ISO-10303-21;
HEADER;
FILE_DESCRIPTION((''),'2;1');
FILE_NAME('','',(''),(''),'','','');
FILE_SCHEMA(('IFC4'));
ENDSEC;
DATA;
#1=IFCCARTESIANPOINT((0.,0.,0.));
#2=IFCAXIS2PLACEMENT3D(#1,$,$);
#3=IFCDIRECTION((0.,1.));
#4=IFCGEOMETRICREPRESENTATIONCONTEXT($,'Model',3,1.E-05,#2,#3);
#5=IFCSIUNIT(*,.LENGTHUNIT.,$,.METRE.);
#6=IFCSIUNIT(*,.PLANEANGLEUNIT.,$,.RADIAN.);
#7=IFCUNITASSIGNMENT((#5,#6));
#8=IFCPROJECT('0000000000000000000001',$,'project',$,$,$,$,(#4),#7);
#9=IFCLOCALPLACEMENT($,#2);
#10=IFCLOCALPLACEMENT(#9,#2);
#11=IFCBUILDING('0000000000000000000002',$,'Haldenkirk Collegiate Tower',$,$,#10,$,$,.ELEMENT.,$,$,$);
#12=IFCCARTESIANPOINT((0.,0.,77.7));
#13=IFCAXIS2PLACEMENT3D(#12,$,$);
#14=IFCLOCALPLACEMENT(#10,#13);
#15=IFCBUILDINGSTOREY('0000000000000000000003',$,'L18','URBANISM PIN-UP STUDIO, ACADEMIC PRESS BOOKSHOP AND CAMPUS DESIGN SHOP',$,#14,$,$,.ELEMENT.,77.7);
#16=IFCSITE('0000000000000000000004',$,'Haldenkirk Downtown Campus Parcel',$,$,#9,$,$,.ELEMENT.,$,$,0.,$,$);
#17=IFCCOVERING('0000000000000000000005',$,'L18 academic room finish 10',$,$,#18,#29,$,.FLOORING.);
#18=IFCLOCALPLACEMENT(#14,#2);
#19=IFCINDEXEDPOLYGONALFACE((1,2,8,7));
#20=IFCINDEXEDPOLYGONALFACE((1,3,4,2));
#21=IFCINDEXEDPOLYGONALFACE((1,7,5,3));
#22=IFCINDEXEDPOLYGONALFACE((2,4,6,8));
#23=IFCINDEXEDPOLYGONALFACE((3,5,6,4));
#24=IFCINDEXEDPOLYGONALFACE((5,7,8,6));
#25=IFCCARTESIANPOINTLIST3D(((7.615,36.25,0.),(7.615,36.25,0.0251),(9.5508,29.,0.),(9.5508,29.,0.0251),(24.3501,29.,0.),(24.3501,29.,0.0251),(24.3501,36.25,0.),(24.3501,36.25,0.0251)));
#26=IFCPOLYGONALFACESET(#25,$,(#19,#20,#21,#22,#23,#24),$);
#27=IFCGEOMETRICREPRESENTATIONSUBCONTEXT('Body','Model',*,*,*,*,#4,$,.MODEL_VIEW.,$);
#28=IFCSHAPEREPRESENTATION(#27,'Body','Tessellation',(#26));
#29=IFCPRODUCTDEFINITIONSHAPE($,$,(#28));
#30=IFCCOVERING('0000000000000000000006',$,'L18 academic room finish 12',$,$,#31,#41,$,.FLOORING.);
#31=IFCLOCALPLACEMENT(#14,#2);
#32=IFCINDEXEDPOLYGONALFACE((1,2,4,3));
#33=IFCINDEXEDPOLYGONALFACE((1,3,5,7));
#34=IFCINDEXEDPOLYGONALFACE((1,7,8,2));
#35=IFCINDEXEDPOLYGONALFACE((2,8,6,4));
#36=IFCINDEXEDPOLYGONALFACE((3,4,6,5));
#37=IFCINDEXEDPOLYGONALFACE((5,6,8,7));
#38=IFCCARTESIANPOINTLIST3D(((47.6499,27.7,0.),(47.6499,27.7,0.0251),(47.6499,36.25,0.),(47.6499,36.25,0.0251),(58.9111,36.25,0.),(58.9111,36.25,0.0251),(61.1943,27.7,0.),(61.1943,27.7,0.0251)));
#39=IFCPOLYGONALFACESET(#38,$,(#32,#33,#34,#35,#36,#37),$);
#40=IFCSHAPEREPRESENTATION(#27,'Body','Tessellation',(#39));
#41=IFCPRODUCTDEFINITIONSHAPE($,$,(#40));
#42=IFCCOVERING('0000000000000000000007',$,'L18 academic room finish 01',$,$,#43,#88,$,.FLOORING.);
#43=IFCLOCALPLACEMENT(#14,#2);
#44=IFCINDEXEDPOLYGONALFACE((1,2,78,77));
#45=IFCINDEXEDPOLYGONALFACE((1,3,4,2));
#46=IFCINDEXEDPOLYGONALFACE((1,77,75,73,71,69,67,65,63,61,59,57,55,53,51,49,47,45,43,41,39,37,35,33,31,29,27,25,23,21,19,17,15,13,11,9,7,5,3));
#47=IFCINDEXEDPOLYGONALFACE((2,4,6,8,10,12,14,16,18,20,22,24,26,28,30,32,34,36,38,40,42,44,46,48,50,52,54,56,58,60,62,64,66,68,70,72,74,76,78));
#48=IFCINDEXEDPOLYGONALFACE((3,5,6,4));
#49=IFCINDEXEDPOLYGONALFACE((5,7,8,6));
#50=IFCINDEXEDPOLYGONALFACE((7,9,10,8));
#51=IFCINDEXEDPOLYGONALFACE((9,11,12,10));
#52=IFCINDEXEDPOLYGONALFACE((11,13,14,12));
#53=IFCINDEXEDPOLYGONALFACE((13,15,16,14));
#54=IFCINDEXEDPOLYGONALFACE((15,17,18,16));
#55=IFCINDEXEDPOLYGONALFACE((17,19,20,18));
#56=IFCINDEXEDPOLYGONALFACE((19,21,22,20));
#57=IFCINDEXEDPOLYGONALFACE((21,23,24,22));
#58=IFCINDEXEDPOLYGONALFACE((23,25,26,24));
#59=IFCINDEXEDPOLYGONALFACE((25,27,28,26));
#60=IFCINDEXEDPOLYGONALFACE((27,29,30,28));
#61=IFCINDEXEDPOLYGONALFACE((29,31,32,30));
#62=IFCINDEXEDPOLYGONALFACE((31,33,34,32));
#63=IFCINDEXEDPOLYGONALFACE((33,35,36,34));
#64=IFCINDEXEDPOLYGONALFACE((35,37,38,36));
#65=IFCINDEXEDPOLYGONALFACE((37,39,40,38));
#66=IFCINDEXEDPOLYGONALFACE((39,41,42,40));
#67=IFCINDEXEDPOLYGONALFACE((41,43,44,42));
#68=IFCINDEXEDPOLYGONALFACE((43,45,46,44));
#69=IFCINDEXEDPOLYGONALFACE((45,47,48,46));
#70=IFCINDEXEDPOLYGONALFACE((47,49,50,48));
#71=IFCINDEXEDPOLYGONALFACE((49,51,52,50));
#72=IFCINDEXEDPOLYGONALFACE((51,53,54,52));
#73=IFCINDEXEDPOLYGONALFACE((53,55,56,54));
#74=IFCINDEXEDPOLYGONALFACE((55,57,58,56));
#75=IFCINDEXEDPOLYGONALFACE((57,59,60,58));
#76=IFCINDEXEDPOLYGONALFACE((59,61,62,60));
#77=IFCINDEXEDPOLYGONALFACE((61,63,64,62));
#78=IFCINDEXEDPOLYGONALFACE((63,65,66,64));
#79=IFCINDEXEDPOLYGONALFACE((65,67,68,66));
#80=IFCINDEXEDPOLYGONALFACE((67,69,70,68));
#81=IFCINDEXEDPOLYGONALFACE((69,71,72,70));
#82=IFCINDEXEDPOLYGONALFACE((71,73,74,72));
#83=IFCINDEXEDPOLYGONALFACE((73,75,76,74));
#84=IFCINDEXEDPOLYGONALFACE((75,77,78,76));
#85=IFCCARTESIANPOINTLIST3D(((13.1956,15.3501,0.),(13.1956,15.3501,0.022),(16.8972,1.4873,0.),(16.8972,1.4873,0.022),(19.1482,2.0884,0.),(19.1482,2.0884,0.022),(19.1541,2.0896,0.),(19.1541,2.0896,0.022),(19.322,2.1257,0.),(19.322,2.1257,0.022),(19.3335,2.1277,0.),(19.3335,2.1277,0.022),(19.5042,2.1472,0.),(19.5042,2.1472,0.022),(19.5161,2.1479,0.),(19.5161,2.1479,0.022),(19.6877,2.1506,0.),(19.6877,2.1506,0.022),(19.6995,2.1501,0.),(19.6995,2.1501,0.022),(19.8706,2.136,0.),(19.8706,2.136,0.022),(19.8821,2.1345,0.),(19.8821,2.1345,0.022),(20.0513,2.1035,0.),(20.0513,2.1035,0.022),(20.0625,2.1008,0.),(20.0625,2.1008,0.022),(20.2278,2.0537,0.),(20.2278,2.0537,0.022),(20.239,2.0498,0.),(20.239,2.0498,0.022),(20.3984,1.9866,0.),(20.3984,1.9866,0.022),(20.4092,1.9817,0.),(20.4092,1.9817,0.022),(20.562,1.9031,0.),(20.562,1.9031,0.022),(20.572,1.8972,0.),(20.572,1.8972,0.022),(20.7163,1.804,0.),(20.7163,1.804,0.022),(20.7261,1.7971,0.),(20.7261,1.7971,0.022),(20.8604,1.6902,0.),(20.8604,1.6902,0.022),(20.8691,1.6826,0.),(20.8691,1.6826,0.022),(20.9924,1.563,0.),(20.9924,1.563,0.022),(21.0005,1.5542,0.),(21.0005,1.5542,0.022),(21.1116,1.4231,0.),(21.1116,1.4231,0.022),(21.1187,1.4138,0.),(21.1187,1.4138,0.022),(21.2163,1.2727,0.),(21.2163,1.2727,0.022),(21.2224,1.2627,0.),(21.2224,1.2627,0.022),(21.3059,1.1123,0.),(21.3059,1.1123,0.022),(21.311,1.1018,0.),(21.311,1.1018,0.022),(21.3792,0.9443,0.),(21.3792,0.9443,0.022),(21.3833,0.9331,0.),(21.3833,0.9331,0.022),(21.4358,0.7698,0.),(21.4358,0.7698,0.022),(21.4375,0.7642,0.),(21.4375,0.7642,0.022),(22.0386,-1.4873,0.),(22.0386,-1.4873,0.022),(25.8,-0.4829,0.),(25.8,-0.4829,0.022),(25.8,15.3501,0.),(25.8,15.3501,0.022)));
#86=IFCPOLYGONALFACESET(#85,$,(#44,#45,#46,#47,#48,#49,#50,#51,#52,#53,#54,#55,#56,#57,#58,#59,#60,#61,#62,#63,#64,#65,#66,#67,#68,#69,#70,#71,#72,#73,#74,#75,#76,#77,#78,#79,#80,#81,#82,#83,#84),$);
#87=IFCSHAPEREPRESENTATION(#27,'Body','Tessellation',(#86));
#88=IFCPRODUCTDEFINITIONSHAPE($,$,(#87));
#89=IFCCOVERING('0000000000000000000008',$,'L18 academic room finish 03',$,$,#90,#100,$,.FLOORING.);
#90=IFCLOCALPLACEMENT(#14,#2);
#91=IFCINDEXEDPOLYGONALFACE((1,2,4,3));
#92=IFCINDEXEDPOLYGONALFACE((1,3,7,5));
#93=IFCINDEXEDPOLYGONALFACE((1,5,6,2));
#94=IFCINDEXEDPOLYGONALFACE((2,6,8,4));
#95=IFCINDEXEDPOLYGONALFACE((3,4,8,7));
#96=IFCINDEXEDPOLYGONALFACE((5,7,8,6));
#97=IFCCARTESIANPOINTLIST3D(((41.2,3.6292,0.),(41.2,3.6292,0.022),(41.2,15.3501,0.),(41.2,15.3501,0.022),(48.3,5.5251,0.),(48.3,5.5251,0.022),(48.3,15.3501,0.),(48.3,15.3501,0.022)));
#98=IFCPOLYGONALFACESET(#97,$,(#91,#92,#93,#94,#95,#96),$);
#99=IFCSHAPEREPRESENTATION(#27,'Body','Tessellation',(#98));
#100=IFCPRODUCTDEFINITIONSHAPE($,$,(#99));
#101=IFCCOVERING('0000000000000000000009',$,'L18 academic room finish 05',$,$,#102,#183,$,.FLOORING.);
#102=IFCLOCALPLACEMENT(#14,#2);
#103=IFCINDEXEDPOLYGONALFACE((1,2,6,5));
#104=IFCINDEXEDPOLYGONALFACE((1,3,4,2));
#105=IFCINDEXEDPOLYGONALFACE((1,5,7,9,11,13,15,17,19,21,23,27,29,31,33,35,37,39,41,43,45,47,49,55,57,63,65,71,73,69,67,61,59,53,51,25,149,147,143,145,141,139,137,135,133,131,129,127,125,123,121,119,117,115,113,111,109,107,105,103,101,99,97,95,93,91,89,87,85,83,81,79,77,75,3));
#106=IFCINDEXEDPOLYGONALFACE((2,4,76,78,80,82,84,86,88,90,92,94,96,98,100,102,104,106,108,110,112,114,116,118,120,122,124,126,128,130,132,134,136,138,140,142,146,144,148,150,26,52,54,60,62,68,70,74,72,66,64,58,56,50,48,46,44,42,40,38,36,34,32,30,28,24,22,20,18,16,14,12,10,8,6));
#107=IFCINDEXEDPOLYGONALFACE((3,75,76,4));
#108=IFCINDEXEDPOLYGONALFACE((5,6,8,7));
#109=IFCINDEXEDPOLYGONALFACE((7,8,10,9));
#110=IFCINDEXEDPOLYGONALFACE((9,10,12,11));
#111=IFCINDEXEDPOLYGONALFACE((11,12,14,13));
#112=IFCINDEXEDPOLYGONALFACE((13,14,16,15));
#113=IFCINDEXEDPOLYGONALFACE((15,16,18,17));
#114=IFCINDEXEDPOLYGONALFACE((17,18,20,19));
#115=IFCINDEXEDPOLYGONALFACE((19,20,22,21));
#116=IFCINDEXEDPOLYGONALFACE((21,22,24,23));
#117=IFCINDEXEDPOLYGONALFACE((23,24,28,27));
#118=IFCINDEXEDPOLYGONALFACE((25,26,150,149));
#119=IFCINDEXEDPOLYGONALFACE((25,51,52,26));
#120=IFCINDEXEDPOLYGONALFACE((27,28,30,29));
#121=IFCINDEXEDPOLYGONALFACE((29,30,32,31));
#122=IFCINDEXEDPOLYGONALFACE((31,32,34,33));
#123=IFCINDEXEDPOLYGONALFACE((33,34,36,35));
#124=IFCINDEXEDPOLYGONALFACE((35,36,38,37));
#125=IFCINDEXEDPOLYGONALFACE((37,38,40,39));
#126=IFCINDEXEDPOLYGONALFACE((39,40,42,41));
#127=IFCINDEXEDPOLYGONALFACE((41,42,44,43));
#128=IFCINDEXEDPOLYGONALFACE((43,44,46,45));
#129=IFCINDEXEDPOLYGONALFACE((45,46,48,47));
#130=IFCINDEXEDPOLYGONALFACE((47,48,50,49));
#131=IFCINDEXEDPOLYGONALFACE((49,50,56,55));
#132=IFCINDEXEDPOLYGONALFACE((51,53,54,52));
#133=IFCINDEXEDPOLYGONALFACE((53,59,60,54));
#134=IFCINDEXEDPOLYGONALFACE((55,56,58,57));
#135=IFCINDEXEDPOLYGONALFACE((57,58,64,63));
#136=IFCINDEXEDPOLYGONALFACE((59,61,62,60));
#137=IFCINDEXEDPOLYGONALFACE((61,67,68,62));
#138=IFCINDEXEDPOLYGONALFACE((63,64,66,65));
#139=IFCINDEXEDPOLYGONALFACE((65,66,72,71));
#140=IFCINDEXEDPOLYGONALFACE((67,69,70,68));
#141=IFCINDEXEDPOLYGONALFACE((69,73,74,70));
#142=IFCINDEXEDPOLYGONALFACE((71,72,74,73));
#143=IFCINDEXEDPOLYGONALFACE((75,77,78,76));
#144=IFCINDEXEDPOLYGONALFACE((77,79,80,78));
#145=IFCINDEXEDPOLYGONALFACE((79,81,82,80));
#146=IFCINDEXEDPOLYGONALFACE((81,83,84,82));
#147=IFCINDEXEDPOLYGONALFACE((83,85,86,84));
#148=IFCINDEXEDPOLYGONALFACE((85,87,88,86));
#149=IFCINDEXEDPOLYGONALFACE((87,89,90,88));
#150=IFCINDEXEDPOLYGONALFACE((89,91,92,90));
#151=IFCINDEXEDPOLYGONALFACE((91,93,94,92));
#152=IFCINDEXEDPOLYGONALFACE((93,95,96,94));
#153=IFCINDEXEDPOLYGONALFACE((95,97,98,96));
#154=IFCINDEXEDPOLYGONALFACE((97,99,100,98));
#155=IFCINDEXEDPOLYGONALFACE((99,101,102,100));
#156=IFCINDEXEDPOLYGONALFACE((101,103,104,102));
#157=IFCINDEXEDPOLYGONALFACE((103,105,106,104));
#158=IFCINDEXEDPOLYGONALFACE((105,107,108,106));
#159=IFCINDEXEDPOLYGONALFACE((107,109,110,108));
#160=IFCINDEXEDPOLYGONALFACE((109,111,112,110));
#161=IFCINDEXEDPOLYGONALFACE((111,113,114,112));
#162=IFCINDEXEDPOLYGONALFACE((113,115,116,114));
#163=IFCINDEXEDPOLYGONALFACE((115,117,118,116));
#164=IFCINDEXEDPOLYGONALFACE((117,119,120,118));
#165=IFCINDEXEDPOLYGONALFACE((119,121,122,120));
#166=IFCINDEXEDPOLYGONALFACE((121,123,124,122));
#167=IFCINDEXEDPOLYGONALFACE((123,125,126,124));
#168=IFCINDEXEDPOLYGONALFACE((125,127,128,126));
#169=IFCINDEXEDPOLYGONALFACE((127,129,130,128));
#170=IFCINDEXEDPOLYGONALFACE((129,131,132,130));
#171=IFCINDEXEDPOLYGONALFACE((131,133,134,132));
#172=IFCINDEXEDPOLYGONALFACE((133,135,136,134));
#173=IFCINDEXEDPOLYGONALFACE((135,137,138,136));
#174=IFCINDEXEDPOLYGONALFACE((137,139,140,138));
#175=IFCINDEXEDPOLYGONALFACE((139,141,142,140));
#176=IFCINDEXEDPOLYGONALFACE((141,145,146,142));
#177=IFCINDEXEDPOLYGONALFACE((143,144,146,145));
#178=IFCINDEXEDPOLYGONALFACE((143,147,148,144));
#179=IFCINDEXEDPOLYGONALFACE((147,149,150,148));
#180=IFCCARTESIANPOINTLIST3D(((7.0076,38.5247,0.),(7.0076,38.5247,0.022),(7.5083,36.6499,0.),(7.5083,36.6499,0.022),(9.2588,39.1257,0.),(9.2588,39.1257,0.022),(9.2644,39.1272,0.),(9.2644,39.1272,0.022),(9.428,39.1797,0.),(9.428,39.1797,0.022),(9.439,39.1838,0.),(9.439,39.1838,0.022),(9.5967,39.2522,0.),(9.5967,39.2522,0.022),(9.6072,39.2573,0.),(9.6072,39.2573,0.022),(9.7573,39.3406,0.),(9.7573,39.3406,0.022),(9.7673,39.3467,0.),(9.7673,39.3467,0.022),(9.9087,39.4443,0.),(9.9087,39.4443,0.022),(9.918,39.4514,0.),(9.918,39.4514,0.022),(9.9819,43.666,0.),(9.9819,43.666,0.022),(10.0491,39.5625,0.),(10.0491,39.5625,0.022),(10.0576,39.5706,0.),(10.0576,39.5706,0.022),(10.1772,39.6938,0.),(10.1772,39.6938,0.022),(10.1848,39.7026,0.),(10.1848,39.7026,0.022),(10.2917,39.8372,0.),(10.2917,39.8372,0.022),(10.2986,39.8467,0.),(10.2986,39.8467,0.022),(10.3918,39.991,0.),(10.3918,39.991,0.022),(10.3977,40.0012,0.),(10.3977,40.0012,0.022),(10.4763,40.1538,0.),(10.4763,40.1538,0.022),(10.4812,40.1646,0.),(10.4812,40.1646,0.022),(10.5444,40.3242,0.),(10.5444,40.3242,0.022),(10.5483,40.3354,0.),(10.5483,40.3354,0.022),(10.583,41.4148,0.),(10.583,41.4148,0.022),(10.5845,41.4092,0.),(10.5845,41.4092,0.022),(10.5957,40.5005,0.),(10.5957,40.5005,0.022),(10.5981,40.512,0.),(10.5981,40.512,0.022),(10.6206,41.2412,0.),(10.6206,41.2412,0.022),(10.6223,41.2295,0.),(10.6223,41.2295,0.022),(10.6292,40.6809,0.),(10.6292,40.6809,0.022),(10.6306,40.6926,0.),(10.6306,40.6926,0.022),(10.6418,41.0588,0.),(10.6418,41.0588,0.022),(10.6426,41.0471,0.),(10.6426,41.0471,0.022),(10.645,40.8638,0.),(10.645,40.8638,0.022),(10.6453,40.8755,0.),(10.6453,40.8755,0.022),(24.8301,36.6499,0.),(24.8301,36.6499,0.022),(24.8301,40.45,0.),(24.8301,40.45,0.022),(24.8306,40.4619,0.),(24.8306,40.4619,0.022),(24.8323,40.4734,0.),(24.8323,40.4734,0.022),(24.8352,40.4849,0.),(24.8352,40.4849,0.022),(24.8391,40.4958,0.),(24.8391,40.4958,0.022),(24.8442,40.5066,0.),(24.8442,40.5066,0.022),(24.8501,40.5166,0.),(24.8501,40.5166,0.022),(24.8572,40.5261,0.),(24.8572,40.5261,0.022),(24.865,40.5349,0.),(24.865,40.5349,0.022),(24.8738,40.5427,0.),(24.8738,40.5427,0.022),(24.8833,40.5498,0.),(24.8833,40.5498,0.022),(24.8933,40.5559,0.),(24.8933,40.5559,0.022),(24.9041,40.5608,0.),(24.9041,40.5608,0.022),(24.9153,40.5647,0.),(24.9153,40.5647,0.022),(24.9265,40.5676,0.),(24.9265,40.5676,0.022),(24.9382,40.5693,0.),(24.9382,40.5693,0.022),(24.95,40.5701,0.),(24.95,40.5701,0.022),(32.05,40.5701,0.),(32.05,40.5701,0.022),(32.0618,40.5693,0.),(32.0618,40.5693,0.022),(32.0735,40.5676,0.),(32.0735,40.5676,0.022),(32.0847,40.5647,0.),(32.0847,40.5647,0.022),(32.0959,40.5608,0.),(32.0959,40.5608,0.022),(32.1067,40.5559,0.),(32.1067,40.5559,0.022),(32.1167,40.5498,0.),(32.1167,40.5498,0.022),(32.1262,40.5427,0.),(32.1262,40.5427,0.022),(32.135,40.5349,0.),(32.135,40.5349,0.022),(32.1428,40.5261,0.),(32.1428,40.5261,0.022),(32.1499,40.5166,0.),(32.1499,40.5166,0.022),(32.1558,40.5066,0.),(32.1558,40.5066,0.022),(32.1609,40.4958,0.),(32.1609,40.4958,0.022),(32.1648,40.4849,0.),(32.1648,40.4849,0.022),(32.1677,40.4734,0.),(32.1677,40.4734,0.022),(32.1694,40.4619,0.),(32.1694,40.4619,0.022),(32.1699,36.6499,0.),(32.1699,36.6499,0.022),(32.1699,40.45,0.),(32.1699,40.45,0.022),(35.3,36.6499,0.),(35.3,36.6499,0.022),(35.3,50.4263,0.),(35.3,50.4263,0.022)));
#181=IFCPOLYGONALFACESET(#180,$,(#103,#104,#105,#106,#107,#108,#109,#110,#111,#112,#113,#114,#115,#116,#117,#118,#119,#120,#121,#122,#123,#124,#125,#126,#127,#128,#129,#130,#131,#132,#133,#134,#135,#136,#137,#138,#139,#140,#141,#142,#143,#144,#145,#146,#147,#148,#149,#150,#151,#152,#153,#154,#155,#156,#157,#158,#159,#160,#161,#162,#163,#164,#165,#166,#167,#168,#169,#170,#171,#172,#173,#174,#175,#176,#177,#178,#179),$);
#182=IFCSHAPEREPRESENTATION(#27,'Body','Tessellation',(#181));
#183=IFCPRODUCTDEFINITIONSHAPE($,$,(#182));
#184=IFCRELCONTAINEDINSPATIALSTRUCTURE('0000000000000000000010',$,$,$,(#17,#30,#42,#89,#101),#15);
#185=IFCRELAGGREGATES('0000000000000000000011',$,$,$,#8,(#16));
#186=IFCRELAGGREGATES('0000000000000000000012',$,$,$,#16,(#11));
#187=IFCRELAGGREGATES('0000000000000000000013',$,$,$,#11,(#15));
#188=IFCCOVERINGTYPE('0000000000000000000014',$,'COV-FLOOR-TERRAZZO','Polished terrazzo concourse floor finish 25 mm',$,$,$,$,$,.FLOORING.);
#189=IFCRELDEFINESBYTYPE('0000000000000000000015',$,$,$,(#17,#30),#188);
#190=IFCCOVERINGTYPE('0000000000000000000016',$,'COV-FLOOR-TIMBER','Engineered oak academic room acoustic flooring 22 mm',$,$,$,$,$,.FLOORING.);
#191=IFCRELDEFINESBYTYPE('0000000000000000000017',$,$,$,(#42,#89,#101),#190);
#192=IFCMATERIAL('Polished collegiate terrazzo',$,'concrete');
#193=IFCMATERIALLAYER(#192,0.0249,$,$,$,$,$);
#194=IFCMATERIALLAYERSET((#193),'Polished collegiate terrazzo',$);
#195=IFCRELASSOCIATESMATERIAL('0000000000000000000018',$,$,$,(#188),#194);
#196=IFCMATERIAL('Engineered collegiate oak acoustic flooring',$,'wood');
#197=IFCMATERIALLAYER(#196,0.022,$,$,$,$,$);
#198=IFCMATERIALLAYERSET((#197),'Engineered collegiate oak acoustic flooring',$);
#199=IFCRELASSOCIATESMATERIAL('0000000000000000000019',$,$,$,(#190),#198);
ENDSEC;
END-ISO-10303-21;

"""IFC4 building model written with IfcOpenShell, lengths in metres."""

from ifc_helpers import new_model, si_unit, direction, frame, origin, place, context, subcontext, project, spatial, polyline, outline, extrude, material, layer, layer_set, type_object, element, save


model = new_model("IFC4")

# Units and contexts
model_context = context("Model", 3, precision=1e-05, world=origin(), true_north=direction((0.0, 1.0)))
body_context = subcontext(model_context, "Body", "Model", "MODEL_VIEW")
ifc_project = project(units=[si_unit("LENGTHUNIT", "METRE"), si_unit("PLANEANGLEUNIT", "RADIAN")], contexts=[model_context])

# Site, building, storey
site_placement = place(None, origin())
site = spatial("IfcSite", under=ifc_project, at=site_placement, Name="Haldenkirk Downtown Campus Parcel", CompositionType="ELEMENT", RefElevation=0.0)
building_placement = place(site_placement, origin())
building = spatial("IfcBuilding", under=site, at=building_placement, Name="Haldenkirk Collegiate Tower", CompositionType="ELEMENT")
storey_placement = place(building_placement, frame((0.0, 0.0, 77.7)))
storey = spatial("IfcBuildingStorey", under=building, at=storey_placement, Name="L18", Description="URBANISM PIN-UP STUDIO, ACADEMIC PRESS BOOKSHOP AND CAMPUS DESIGN SHOP", CompositionType="ELEMENT", Elevation=77.7)

# Coverings
ifc_material_1 = material(Name="Polished collegiate terrazzo", Category="concrete")
ifc_layer_1 = layer(ifc_material_1, 0.0249)
ifc_layer_set_1 = layer_set([ifc_layer_1], Name="Polished collegiate terrazzo")
covering_type_1 = type_object("IfcCoveringType", Name="COV-FLOOR-TERRAZZO", Description="Polished terrazzo concourse floor finish 25 mm", PredefinedType="FLOORING", material=ifc_layer_set_1)
covering_1_placement = place(storey_placement, origin())
element("IfcCovering", 1, at=covering_1_placement, inside=storey, type_object=covering_type_1, Name="L18 academic room finish 10", PredefinedType="FLOORING", context=body_context, shape_type="SweptSolid", body=[
    extrude(outline(polyline([(7.615, 36.25), (24.3501, 36.25), (24.3501, 29.0), (9.5508, 29.0), (7.615, 36.25)])), origin(), (0.0, 0.0, 1.0), 0.0251),
])
covering_2_placement = place(storey_placement, origin())
element("IfcCovering", 2, at=covering_2_placement, inside=storey, type_object=covering_type_1, Name="L18 academic room finish 12", PredefinedType="FLOORING", context=body_context, shape_type="SweptSolid", body=[
    extrude(outline(polyline([(61.1943, 27.7), (47.6499, 27.7), (47.6499, 36.25), (58.9111, 36.25), (61.1943, 27.7)])), origin(), (0.0, 0.0, 1.0), 0.0251),
])
ifc_material_2 = material(Name="Engineered collegiate oak acoustic flooring", Category="wood")
ifc_layer_2 = layer(ifc_material_2, 0.022)
ifc_layer_set_2 = layer_set([ifc_layer_2], Name="Engineered collegiate oak acoustic flooring")
covering_type_2 = type_object("IfcCoveringType", Name="COV-FLOOR-TIMBER", Description="Engineered oak academic room acoustic flooring 22 mm", PredefinedType="FLOORING", material=ifc_layer_set_2)
covering_3_placement = place(storey_placement, origin())
element("IfcCovering", 3, at=covering_3_placement, inside=storey, type_object=covering_type_2, Name="L18 academic room finish 01", PredefinedType="FLOORING", context=body_context, shape_type="SweptSolid", body=[
    extrude(outline(polyline([(21.1187, 1.4138), (21.1116, 1.4231), (21.0005, 1.5542), (20.9924, 1.563), (20.8691, 1.6826), (20.8604, 1.6902), (20.7261, 1.7971), (20.7163, 1.804), (20.572, 1.8972), (20.562, 1.9031), (20.4092, 1.9817), (20.3984, 1.9866), (20.239, 2.0498), (20.2278, 2.0537), (20.0625, 2.1008), (20.0513, 2.1035), (19.8821, 2.1345), (19.8706, 2.136), (19.6995, 2.1501), (19.6877, 2.1506), (19.5161, 2.1479), (19.5042, 2.1472), (19.3335, 2.1277), (19.322, 2.1257), (19.1541, 2.0896), (19.1482, 2.0884), (16.8972, 1.4873), (13.1956, 15.3501), (25.8, 15.3501), (25.8, -0.4829), (22.0386, -1.4873), (21.4375, 0.7642), (21.4358, 0.7698), (21.3833, 0.9331), (21.3792, 0.9443), (21.311, 1.1018), (21.3059, 1.1123), (21.2224, 1.2627), (21.2163, 1.2727), (21.1187, 1.4138)])), origin(), (0.0, 0.0, 1.0), 0.022),
])
covering_4_placement = place(storey_placement, origin())
element("IfcCovering", 4, at=covering_4_placement, inside=storey, type_object=covering_type_2, Name="L18 academic room finish 03", PredefinedType="FLOORING", context=body_context, shape_type="SweptSolid", body=[
    extrude(outline(polyline([(41.2, 3.6292), (41.2, 15.3501), (48.3, 15.3501), (48.3, 5.5251), (41.2, 3.6292)])), origin(), (0.0, 0.0, 1.0), 0.022),
])
covering_5_placement = place(storey_placement, origin())
element("IfcCovering", 5, at=covering_5_placement, inside=storey, type_object=covering_type_2, Name="L18 academic room finish 05", PredefinedType="FLOORING", context=body_context, shape_type="SweptSolid", body=[
    extrude(outline(polyline([(9.2588, 39.1257), (9.2644, 39.1272), (9.428, 39.1797), (9.439, 39.1838), (9.5967, 39.2522), (9.6072, 39.2573), (9.7573, 39.3406), (9.7673, 39.3467), (9.9087, 39.4443), (9.918, 39.4514), (10.0491, 39.5625), (10.0576, 39.5706), (10.1772, 39.6938), (10.1848, 39.7026), (10.2917, 39.8372), (10.2986, 39.8467), (10.3918, 39.991), (10.3977, 40.0012), (10.4763, 40.1538), (10.4812, 40.1646), (10.5444, 40.3242), (10.5483, 40.3354), (10.5957, 40.5005), (10.5981, 40.512), (10.6292, 40.6809), (10.6306, 40.6926), (10.645, 40.8638), (10.6453, 40.8755), (10.6426, 41.0471), (10.6418, 41.0588), (10.6223, 41.2295), (10.6206, 41.2412), (10.5845, 41.4092), (10.583, 41.4148), (9.9819, 43.666), (35.3, 50.4263), (35.3, 36.6499), (32.1699, 36.6499), (32.1699, 40.45), (32.1694, 40.4619), (32.1677, 40.4734), (32.1648, 40.4849), (32.1609, 40.4958), (32.1558, 40.5066), (32.1499, 40.5166), (32.1428, 40.5261), (32.135, 40.5349), (32.1262, 40.5427), (32.1167, 40.5498), (32.1067, 40.5559), (32.0959, 40.5608), (32.0847, 40.5647), (32.0735, 40.5676), (32.0618, 40.5693), (32.05, 40.5701), (24.95, 40.5701), (24.9382, 40.5693), (24.9265, 40.5676), (24.9153, 40.5647), (24.9041, 40.5608), (24.8933, 40.5559), (24.8833, 40.5498), (24.8738, 40.5427), (24.865, 40.5349), (24.8572, 40.5261), (24.8501, 40.5166), (24.8442, 40.5066), (24.8391, 40.4958), (24.8352, 40.4849), (24.8323, 40.4734), (24.8306, 40.4619), (24.8301, 40.45), (24.8301, 36.6499), (7.5083, 36.6499), (7.0076, 38.5247), (9.2588, 39.1257)])), origin(), (0.0, 0.0, 1.0), 0.022),
])

save(model, "model.ifc")
